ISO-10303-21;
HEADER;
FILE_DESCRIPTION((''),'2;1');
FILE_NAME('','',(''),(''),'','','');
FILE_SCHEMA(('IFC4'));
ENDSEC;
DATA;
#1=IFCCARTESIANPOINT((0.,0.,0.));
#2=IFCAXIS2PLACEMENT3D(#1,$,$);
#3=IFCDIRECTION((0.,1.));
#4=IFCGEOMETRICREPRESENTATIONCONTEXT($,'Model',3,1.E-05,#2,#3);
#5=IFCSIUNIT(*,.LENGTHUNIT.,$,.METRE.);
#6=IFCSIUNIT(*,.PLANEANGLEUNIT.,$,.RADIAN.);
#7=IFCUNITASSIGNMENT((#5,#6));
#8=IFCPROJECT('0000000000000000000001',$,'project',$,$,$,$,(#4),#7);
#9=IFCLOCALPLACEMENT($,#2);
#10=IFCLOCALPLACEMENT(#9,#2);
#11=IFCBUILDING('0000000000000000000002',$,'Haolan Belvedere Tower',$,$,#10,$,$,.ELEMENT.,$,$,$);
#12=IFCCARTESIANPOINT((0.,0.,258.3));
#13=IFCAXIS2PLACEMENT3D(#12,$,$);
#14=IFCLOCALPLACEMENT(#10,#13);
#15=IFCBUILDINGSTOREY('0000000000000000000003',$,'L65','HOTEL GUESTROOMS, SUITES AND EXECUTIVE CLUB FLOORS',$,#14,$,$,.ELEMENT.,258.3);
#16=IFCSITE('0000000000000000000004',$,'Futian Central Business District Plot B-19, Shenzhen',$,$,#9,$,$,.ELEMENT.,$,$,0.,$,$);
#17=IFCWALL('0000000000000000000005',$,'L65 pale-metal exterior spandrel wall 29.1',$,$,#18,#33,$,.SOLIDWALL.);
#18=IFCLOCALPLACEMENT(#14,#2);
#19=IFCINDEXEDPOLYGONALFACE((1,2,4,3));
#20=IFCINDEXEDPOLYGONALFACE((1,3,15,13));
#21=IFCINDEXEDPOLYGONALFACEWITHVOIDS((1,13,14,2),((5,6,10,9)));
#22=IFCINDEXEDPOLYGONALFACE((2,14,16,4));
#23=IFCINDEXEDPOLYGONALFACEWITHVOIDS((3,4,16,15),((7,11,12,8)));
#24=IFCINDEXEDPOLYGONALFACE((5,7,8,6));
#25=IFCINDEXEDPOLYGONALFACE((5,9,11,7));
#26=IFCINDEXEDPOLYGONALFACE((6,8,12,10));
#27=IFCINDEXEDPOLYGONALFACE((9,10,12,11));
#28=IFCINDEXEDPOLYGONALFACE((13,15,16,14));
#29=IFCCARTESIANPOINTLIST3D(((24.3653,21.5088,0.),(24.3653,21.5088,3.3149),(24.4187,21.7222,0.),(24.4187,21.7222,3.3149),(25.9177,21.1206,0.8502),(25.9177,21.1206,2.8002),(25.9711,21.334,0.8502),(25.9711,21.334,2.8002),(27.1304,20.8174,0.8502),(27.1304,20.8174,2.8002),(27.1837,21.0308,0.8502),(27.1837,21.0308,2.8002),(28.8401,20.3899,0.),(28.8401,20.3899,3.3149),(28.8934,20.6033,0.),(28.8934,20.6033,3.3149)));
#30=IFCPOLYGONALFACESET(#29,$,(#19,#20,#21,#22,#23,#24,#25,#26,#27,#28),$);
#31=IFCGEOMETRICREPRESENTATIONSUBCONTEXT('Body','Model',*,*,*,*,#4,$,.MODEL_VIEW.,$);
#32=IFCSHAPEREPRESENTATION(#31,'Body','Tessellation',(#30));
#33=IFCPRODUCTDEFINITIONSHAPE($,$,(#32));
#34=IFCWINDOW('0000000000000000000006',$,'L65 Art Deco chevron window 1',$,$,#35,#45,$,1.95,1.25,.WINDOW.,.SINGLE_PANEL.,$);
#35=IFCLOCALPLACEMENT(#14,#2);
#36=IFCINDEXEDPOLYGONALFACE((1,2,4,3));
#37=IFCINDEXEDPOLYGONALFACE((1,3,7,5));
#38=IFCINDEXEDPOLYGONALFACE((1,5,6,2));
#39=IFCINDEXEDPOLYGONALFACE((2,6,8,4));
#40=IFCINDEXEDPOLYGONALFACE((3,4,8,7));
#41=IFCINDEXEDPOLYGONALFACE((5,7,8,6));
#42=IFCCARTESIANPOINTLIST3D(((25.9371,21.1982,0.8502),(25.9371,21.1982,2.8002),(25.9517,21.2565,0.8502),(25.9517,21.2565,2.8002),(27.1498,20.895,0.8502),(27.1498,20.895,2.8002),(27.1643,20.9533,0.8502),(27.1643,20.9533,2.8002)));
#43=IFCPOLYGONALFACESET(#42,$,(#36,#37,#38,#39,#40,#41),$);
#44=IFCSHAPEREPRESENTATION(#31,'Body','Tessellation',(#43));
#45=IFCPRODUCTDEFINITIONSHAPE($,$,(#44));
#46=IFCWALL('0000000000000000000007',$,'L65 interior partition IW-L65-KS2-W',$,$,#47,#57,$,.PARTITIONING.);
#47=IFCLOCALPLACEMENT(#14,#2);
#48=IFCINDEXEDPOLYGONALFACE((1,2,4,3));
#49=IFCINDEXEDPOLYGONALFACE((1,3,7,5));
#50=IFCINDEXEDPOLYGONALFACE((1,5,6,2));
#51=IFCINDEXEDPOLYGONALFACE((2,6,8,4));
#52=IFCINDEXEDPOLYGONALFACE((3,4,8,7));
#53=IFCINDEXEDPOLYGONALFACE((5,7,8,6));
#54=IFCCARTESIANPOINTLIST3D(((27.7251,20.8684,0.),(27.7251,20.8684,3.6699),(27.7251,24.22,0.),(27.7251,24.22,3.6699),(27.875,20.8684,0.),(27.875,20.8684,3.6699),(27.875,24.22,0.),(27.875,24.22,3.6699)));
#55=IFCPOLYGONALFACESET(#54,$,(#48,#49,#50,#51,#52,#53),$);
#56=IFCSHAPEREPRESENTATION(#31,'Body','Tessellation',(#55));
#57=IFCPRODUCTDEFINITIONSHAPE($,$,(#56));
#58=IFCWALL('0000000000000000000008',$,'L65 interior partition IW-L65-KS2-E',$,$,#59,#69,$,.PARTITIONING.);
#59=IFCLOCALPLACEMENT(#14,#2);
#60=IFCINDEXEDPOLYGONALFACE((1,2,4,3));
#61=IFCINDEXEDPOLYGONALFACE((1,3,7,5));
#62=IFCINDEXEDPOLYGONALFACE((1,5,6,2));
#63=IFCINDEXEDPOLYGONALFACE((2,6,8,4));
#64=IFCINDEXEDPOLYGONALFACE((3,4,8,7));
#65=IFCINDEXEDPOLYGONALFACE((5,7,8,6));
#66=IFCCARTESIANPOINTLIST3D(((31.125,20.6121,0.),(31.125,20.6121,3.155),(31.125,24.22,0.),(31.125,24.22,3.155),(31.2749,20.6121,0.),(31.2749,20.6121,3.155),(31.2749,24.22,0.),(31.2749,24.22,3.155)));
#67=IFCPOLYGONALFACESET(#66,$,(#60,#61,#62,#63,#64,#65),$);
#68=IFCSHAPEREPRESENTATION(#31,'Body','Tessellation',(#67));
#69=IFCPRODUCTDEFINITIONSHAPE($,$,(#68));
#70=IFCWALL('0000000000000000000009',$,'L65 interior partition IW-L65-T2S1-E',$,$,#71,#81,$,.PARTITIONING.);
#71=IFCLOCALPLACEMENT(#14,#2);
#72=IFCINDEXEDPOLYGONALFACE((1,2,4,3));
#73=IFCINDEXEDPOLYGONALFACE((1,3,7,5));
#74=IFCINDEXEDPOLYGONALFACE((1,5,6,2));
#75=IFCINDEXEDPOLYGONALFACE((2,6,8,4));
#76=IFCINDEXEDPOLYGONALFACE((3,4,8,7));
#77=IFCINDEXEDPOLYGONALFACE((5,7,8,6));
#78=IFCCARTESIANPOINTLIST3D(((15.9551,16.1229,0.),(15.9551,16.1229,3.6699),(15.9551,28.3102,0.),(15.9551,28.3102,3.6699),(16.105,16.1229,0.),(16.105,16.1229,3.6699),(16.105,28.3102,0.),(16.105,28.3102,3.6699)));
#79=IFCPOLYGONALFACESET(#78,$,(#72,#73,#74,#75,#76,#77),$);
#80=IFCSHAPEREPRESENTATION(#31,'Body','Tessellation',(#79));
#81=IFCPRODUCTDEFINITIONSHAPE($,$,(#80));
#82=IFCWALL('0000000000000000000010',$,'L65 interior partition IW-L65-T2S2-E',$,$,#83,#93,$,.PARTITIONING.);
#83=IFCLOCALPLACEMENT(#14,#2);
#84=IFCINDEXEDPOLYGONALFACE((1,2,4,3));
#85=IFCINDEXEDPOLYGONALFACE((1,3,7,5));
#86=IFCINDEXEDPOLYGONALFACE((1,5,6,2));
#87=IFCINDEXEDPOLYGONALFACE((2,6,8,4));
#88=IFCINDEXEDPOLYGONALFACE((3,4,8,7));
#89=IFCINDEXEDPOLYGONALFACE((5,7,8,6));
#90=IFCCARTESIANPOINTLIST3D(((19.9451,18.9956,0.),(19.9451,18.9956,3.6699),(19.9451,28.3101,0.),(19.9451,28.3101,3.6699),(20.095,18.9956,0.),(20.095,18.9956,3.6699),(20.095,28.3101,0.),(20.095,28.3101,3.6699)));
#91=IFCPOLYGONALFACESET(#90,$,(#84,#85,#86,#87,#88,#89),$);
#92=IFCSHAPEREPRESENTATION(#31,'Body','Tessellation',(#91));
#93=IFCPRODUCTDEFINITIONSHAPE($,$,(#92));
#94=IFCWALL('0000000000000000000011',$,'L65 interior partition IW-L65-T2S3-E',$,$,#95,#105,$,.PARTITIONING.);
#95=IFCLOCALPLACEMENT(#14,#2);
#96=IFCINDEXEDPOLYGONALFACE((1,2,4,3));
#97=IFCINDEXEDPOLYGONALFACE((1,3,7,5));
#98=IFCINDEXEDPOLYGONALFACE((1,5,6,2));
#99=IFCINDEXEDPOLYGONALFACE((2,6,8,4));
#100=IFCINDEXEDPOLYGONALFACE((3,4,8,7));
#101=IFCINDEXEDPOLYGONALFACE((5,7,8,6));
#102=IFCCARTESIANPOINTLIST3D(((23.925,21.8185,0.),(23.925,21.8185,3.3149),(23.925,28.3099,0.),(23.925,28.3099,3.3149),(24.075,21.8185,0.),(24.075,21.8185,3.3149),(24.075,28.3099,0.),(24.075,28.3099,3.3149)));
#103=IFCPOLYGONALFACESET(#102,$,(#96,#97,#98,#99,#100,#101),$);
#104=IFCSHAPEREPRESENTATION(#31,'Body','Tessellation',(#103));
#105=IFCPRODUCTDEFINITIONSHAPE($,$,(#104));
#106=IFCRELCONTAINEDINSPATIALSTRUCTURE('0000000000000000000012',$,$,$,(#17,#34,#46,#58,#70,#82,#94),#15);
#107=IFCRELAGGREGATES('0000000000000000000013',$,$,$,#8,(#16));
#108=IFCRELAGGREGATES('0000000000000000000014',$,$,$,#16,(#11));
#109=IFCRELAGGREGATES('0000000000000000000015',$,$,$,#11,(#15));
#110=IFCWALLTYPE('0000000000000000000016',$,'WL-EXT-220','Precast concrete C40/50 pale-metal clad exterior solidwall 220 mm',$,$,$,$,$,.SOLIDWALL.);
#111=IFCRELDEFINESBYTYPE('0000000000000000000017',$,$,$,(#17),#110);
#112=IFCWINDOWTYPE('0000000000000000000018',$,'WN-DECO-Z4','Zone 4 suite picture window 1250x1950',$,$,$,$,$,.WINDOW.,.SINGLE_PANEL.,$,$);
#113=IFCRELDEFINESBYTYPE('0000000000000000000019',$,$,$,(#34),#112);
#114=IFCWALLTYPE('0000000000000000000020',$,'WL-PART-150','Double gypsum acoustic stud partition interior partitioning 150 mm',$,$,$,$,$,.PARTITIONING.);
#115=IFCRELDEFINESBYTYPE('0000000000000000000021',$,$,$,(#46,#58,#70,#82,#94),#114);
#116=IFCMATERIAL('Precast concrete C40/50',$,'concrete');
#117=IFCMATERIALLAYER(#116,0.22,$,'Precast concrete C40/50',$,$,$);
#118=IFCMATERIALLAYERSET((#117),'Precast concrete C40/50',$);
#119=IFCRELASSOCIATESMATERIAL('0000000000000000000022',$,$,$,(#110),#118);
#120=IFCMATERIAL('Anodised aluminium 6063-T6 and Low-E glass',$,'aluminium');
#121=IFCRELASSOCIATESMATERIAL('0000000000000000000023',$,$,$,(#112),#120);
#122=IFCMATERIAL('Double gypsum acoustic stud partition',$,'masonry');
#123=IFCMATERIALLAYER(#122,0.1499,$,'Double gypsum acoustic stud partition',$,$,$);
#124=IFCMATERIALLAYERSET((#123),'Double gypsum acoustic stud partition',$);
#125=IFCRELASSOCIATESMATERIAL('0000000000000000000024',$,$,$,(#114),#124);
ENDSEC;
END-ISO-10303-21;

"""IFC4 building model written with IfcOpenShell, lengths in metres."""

from ifc_helpers import new_model, si_unit, direction, frame, frame_2d, origin, place, context, subcontext, project, spatial, rectangle, extrude, material, layer, layer_set, type_object, element, fill, save


model = new_model("IFC4")

# Units and contexts
model_context = context("Model", 3, precision=1e-05, world=origin(), true_north=direction((0.0, 1.0)))
body_context = subcontext(model_context, "Body", "Model", "MODEL_VIEW")
ifc_project = project(units=[si_unit("LENGTHUNIT", "METRE"), si_unit("PLANEANGLEUNIT", "RADIAN")], contexts=[model_context])

# Site, building, storey
site_placement = place(None, origin())
site = spatial("IfcSite", under=ifc_project, at=site_placement, Name="Futian Central Business District Plot B-19, Shenzhen", CompositionType="ELEMENT", RefElevation=0.0)
building_placement = place(site_placement, origin())
building = spatial("IfcBuilding", under=site, at=building_placement, Name="Haolan Belvedere Tower", CompositionType="ELEMENT")
storey_placement = place(building_placement, frame((0.0, 0.0, 258.3)))
storey = spatial("IfcBuildingStorey", under=building, at=storey_placement, Name="L65", Description="HOTEL GUESTROOMS, SUITES AND EXECUTIVE CLUB FLOORS", CompositionType="ELEMENT", Elevation=258.3)

# Shared definitions
ifc_material_1 = material(Name="Precast concrete C40/50", Category="concrete")
ifc_layer_1 = layer(ifc_material_1, 0.22, Name="Precast concrete C40/50")
ifc_layer_set_1 = layer_set([ifc_layer_1], Name="Precast concrete C40/50")
wall_type_1 = type_object("IfcWallType", Name="WL-EXT-220", Description="Precast concrete C40/50 pale-metal clad exterior solidwall 220 mm", PredefinedType="SOLIDWALL", material=ifc_layer_set_1)

# Wall, opening, window
wall_1_placement = place(storey_placement, frame((24.3921, 21.6155, 0.0), z_axis=(0.0, 0.0, 1.0), x_axis=(0.970133, -0.242573, 0.0)))
wall_1 = element("IfcWall", 1, at=wall_1_placement, inside=storey, type_object=wall_type_1, Name="L65 pale-metal exterior spandrel wall 29.1", PredefinedType="SOLIDWALL", context=body_context, shape_type="SweptSolid", body=[
    extrude(rectangle(XDim=4.6125, YDim=0.22, at=frame_2d((2.3062, 0.0))), origin(), (0.0, 0.0, 1.0), 3.3149),
])
opening_1_placement = place(wall_1_placement, frame((1.6001, 0.0, 0.8501)))
opening_1 = element("IfcOpeningElement", 2, at=opening_1_placement, cuts=wall_1, PredefinedType="OPENING", context=body_context, shape_type="SweptSolid", body=[
    extrude(rectangle(XDim=1.25, YDim=1.95, at=frame_2d((0.625, 0.9751))), frame((0.0, 0.1199, 0.0), z_axis=(0.0, -1.0, 0.0), x_axis=(1.0, 0.0, 0.0)), (0.0, 0.0, 1.0), 0.24),
])
ifc_material_2 = material(Name="Anodised aluminium 6063-T6 and Low-E glass", Category="aluminium")
window_type = type_object("IfcWindowType", Name="WN-DECO-Z4", Description="Zone 4 suite picture window 1250x1950", PartitioningType="SINGLE_PANEL", PredefinedType="WINDOW", material=ifc_material_2)
window_placement = place(opening_1_placement, origin())
window = element("IfcWindow", 3, at=window_placement, inside=storey, type_object=window_type, Name="L65 Art Deco chevron window 1", OverallHeight=1.95, OverallWidth=1.25, PartitioningType="SINGLE_PANEL", PredefinedType="WINDOW", context=body_context, shape_type="SweptSolid", body=[
    extrude(rectangle(XDim=1.25, YDim=1.95, at=frame_2d((0.625, 0.9751))), frame((0.0, 0.03, 0.0), z_axis=(0.0, -1.0, 0.0), x_axis=(1.0, 0.0, 0.0)), (0.0, 0.0, 1.0), 0.0601),
])
fill(opening_1, window)

# Walls
ifc_material_3 = material(Name="Double gypsum acoustic stud partition", Category="masonry")
ifc_layer_2 = layer(ifc_material_3, 0.1499, Name="Double gypsum acoustic stud partition")
ifc_layer_set_2 = layer_set([ifc_layer_2], Name="Double gypsum acoustic stud partition")
wall_type_2 = type_object("IfcWallType", Name="WL-PART-150", Description="Double gypsum acoustic stud partition interior partitioning 150 mm", PredefinedType="PARTITIONING", material=ifc_layer_set_2)
wall_2_placement = place(storey_placement, frame((27.8, 20.8684, 0.0), z_axis=(0.0, 0.0, 1.0), x_axis=(0.0, 1.0, 0.0)))
element("IfcWall", 4, at=wall_2_placement, inside=storey, type_object=wall_type_2, Name="L65 interior partition IW-L65-KS2-W", PredefinedType="PARTITIONING", context=body_context, shape_type="SweptSolid", body=[
    extrude(rectangle(XDim=3.3516, YDim=0.1499, at=frame_2d((1.6758, 0.0))), origin(), (0.0, 0.0, 1.0), 3.6699),
])
wall_3_placement = place(storey_placement, frame((31.2, 20.6121, 0.0), z_axis=(0.0, 0.0, 1.0), x_axis=(0.0, 1.0, 0.0)))
element("IfcWall", 5, at=wall_3_placement, inside=storey, type_object=wall_type_2, Name="L65 interior partition IW-L65-KS2-E", PredefinedType="PARTITIONING", context=body_context, shape_type="SweptSolid", body=[
    extrude(rectangle(XDim=3.6079, YDim=0.1499, at=frame_2d((1.804, 0.0))), origin(), (0.0, 0.0, 1.0), 3.155),
])
wall_4_placement = place(storey_placement, frame((16.03, 16.1228, 0.0), z_axis=(0.0, 0.0, 1.0), x_axis=(0.0, 1.0, 0.0)))
element("IfcWall", 6, at=wall_4_placement, inside=storey, type_object=wall_type_2, Name="L65 interior partition IW-L65-T2S1-E", PredefinedType="PARTITIONING", context=body_context, shape_type="SweptSolid", body=[
    extrude(rectangle(XDim=12.1873, YDim=0.1499, at=frame_2d((6.0938, 0.0))), origin(), (0.0, 0.0, 1.0), 3.6699),
])
wall_5_placement = place(storey_placement, frame((20.02, 18.9956, 0.0), z_axis=(0.0, 0.0, 1.0), x_axis=(0.0, 1.0, 0.0)))
element("IfcWall", 7, at=wall_5_placement, inside=storey, type_object=wall_type_2, Name="L65 interior partition IW-L65-T2S2-E", PredefinedType="PARTITIONING", context=body_context, shape_type="SweptSolid", body=[
    extrude(rectangle(XDim=9.3145, YDim=0.1499, at=frame_2d((4.6572, 0.0))), origin(), (0.0, 0.0, 1.0), 3.6699),
])
wall_6_placement = place(storey_placement, frame((24.0, 21.8186, 0.0), z_axis=(0.0, 0.0, 1.0), x_axis=(0.0, 1.0, 0.0)))
element("IfcWall", 8, at=wall_6_placement, inside=storey, type_object=wall_type_2, Name="L65 interior partition IW-L65-T2S3-E", PredefinedType="PARTITIONING", context=body_context, shape_type="SweptSolid", body=[
    extrude(rectangle(XDim=6.4915, YDim=0.1499, at=frame_2d((3.2456, 0.0))), origin(), (0.0, 0.0, 1.0), 3.3149),
])

save(model, "model.ifc")
